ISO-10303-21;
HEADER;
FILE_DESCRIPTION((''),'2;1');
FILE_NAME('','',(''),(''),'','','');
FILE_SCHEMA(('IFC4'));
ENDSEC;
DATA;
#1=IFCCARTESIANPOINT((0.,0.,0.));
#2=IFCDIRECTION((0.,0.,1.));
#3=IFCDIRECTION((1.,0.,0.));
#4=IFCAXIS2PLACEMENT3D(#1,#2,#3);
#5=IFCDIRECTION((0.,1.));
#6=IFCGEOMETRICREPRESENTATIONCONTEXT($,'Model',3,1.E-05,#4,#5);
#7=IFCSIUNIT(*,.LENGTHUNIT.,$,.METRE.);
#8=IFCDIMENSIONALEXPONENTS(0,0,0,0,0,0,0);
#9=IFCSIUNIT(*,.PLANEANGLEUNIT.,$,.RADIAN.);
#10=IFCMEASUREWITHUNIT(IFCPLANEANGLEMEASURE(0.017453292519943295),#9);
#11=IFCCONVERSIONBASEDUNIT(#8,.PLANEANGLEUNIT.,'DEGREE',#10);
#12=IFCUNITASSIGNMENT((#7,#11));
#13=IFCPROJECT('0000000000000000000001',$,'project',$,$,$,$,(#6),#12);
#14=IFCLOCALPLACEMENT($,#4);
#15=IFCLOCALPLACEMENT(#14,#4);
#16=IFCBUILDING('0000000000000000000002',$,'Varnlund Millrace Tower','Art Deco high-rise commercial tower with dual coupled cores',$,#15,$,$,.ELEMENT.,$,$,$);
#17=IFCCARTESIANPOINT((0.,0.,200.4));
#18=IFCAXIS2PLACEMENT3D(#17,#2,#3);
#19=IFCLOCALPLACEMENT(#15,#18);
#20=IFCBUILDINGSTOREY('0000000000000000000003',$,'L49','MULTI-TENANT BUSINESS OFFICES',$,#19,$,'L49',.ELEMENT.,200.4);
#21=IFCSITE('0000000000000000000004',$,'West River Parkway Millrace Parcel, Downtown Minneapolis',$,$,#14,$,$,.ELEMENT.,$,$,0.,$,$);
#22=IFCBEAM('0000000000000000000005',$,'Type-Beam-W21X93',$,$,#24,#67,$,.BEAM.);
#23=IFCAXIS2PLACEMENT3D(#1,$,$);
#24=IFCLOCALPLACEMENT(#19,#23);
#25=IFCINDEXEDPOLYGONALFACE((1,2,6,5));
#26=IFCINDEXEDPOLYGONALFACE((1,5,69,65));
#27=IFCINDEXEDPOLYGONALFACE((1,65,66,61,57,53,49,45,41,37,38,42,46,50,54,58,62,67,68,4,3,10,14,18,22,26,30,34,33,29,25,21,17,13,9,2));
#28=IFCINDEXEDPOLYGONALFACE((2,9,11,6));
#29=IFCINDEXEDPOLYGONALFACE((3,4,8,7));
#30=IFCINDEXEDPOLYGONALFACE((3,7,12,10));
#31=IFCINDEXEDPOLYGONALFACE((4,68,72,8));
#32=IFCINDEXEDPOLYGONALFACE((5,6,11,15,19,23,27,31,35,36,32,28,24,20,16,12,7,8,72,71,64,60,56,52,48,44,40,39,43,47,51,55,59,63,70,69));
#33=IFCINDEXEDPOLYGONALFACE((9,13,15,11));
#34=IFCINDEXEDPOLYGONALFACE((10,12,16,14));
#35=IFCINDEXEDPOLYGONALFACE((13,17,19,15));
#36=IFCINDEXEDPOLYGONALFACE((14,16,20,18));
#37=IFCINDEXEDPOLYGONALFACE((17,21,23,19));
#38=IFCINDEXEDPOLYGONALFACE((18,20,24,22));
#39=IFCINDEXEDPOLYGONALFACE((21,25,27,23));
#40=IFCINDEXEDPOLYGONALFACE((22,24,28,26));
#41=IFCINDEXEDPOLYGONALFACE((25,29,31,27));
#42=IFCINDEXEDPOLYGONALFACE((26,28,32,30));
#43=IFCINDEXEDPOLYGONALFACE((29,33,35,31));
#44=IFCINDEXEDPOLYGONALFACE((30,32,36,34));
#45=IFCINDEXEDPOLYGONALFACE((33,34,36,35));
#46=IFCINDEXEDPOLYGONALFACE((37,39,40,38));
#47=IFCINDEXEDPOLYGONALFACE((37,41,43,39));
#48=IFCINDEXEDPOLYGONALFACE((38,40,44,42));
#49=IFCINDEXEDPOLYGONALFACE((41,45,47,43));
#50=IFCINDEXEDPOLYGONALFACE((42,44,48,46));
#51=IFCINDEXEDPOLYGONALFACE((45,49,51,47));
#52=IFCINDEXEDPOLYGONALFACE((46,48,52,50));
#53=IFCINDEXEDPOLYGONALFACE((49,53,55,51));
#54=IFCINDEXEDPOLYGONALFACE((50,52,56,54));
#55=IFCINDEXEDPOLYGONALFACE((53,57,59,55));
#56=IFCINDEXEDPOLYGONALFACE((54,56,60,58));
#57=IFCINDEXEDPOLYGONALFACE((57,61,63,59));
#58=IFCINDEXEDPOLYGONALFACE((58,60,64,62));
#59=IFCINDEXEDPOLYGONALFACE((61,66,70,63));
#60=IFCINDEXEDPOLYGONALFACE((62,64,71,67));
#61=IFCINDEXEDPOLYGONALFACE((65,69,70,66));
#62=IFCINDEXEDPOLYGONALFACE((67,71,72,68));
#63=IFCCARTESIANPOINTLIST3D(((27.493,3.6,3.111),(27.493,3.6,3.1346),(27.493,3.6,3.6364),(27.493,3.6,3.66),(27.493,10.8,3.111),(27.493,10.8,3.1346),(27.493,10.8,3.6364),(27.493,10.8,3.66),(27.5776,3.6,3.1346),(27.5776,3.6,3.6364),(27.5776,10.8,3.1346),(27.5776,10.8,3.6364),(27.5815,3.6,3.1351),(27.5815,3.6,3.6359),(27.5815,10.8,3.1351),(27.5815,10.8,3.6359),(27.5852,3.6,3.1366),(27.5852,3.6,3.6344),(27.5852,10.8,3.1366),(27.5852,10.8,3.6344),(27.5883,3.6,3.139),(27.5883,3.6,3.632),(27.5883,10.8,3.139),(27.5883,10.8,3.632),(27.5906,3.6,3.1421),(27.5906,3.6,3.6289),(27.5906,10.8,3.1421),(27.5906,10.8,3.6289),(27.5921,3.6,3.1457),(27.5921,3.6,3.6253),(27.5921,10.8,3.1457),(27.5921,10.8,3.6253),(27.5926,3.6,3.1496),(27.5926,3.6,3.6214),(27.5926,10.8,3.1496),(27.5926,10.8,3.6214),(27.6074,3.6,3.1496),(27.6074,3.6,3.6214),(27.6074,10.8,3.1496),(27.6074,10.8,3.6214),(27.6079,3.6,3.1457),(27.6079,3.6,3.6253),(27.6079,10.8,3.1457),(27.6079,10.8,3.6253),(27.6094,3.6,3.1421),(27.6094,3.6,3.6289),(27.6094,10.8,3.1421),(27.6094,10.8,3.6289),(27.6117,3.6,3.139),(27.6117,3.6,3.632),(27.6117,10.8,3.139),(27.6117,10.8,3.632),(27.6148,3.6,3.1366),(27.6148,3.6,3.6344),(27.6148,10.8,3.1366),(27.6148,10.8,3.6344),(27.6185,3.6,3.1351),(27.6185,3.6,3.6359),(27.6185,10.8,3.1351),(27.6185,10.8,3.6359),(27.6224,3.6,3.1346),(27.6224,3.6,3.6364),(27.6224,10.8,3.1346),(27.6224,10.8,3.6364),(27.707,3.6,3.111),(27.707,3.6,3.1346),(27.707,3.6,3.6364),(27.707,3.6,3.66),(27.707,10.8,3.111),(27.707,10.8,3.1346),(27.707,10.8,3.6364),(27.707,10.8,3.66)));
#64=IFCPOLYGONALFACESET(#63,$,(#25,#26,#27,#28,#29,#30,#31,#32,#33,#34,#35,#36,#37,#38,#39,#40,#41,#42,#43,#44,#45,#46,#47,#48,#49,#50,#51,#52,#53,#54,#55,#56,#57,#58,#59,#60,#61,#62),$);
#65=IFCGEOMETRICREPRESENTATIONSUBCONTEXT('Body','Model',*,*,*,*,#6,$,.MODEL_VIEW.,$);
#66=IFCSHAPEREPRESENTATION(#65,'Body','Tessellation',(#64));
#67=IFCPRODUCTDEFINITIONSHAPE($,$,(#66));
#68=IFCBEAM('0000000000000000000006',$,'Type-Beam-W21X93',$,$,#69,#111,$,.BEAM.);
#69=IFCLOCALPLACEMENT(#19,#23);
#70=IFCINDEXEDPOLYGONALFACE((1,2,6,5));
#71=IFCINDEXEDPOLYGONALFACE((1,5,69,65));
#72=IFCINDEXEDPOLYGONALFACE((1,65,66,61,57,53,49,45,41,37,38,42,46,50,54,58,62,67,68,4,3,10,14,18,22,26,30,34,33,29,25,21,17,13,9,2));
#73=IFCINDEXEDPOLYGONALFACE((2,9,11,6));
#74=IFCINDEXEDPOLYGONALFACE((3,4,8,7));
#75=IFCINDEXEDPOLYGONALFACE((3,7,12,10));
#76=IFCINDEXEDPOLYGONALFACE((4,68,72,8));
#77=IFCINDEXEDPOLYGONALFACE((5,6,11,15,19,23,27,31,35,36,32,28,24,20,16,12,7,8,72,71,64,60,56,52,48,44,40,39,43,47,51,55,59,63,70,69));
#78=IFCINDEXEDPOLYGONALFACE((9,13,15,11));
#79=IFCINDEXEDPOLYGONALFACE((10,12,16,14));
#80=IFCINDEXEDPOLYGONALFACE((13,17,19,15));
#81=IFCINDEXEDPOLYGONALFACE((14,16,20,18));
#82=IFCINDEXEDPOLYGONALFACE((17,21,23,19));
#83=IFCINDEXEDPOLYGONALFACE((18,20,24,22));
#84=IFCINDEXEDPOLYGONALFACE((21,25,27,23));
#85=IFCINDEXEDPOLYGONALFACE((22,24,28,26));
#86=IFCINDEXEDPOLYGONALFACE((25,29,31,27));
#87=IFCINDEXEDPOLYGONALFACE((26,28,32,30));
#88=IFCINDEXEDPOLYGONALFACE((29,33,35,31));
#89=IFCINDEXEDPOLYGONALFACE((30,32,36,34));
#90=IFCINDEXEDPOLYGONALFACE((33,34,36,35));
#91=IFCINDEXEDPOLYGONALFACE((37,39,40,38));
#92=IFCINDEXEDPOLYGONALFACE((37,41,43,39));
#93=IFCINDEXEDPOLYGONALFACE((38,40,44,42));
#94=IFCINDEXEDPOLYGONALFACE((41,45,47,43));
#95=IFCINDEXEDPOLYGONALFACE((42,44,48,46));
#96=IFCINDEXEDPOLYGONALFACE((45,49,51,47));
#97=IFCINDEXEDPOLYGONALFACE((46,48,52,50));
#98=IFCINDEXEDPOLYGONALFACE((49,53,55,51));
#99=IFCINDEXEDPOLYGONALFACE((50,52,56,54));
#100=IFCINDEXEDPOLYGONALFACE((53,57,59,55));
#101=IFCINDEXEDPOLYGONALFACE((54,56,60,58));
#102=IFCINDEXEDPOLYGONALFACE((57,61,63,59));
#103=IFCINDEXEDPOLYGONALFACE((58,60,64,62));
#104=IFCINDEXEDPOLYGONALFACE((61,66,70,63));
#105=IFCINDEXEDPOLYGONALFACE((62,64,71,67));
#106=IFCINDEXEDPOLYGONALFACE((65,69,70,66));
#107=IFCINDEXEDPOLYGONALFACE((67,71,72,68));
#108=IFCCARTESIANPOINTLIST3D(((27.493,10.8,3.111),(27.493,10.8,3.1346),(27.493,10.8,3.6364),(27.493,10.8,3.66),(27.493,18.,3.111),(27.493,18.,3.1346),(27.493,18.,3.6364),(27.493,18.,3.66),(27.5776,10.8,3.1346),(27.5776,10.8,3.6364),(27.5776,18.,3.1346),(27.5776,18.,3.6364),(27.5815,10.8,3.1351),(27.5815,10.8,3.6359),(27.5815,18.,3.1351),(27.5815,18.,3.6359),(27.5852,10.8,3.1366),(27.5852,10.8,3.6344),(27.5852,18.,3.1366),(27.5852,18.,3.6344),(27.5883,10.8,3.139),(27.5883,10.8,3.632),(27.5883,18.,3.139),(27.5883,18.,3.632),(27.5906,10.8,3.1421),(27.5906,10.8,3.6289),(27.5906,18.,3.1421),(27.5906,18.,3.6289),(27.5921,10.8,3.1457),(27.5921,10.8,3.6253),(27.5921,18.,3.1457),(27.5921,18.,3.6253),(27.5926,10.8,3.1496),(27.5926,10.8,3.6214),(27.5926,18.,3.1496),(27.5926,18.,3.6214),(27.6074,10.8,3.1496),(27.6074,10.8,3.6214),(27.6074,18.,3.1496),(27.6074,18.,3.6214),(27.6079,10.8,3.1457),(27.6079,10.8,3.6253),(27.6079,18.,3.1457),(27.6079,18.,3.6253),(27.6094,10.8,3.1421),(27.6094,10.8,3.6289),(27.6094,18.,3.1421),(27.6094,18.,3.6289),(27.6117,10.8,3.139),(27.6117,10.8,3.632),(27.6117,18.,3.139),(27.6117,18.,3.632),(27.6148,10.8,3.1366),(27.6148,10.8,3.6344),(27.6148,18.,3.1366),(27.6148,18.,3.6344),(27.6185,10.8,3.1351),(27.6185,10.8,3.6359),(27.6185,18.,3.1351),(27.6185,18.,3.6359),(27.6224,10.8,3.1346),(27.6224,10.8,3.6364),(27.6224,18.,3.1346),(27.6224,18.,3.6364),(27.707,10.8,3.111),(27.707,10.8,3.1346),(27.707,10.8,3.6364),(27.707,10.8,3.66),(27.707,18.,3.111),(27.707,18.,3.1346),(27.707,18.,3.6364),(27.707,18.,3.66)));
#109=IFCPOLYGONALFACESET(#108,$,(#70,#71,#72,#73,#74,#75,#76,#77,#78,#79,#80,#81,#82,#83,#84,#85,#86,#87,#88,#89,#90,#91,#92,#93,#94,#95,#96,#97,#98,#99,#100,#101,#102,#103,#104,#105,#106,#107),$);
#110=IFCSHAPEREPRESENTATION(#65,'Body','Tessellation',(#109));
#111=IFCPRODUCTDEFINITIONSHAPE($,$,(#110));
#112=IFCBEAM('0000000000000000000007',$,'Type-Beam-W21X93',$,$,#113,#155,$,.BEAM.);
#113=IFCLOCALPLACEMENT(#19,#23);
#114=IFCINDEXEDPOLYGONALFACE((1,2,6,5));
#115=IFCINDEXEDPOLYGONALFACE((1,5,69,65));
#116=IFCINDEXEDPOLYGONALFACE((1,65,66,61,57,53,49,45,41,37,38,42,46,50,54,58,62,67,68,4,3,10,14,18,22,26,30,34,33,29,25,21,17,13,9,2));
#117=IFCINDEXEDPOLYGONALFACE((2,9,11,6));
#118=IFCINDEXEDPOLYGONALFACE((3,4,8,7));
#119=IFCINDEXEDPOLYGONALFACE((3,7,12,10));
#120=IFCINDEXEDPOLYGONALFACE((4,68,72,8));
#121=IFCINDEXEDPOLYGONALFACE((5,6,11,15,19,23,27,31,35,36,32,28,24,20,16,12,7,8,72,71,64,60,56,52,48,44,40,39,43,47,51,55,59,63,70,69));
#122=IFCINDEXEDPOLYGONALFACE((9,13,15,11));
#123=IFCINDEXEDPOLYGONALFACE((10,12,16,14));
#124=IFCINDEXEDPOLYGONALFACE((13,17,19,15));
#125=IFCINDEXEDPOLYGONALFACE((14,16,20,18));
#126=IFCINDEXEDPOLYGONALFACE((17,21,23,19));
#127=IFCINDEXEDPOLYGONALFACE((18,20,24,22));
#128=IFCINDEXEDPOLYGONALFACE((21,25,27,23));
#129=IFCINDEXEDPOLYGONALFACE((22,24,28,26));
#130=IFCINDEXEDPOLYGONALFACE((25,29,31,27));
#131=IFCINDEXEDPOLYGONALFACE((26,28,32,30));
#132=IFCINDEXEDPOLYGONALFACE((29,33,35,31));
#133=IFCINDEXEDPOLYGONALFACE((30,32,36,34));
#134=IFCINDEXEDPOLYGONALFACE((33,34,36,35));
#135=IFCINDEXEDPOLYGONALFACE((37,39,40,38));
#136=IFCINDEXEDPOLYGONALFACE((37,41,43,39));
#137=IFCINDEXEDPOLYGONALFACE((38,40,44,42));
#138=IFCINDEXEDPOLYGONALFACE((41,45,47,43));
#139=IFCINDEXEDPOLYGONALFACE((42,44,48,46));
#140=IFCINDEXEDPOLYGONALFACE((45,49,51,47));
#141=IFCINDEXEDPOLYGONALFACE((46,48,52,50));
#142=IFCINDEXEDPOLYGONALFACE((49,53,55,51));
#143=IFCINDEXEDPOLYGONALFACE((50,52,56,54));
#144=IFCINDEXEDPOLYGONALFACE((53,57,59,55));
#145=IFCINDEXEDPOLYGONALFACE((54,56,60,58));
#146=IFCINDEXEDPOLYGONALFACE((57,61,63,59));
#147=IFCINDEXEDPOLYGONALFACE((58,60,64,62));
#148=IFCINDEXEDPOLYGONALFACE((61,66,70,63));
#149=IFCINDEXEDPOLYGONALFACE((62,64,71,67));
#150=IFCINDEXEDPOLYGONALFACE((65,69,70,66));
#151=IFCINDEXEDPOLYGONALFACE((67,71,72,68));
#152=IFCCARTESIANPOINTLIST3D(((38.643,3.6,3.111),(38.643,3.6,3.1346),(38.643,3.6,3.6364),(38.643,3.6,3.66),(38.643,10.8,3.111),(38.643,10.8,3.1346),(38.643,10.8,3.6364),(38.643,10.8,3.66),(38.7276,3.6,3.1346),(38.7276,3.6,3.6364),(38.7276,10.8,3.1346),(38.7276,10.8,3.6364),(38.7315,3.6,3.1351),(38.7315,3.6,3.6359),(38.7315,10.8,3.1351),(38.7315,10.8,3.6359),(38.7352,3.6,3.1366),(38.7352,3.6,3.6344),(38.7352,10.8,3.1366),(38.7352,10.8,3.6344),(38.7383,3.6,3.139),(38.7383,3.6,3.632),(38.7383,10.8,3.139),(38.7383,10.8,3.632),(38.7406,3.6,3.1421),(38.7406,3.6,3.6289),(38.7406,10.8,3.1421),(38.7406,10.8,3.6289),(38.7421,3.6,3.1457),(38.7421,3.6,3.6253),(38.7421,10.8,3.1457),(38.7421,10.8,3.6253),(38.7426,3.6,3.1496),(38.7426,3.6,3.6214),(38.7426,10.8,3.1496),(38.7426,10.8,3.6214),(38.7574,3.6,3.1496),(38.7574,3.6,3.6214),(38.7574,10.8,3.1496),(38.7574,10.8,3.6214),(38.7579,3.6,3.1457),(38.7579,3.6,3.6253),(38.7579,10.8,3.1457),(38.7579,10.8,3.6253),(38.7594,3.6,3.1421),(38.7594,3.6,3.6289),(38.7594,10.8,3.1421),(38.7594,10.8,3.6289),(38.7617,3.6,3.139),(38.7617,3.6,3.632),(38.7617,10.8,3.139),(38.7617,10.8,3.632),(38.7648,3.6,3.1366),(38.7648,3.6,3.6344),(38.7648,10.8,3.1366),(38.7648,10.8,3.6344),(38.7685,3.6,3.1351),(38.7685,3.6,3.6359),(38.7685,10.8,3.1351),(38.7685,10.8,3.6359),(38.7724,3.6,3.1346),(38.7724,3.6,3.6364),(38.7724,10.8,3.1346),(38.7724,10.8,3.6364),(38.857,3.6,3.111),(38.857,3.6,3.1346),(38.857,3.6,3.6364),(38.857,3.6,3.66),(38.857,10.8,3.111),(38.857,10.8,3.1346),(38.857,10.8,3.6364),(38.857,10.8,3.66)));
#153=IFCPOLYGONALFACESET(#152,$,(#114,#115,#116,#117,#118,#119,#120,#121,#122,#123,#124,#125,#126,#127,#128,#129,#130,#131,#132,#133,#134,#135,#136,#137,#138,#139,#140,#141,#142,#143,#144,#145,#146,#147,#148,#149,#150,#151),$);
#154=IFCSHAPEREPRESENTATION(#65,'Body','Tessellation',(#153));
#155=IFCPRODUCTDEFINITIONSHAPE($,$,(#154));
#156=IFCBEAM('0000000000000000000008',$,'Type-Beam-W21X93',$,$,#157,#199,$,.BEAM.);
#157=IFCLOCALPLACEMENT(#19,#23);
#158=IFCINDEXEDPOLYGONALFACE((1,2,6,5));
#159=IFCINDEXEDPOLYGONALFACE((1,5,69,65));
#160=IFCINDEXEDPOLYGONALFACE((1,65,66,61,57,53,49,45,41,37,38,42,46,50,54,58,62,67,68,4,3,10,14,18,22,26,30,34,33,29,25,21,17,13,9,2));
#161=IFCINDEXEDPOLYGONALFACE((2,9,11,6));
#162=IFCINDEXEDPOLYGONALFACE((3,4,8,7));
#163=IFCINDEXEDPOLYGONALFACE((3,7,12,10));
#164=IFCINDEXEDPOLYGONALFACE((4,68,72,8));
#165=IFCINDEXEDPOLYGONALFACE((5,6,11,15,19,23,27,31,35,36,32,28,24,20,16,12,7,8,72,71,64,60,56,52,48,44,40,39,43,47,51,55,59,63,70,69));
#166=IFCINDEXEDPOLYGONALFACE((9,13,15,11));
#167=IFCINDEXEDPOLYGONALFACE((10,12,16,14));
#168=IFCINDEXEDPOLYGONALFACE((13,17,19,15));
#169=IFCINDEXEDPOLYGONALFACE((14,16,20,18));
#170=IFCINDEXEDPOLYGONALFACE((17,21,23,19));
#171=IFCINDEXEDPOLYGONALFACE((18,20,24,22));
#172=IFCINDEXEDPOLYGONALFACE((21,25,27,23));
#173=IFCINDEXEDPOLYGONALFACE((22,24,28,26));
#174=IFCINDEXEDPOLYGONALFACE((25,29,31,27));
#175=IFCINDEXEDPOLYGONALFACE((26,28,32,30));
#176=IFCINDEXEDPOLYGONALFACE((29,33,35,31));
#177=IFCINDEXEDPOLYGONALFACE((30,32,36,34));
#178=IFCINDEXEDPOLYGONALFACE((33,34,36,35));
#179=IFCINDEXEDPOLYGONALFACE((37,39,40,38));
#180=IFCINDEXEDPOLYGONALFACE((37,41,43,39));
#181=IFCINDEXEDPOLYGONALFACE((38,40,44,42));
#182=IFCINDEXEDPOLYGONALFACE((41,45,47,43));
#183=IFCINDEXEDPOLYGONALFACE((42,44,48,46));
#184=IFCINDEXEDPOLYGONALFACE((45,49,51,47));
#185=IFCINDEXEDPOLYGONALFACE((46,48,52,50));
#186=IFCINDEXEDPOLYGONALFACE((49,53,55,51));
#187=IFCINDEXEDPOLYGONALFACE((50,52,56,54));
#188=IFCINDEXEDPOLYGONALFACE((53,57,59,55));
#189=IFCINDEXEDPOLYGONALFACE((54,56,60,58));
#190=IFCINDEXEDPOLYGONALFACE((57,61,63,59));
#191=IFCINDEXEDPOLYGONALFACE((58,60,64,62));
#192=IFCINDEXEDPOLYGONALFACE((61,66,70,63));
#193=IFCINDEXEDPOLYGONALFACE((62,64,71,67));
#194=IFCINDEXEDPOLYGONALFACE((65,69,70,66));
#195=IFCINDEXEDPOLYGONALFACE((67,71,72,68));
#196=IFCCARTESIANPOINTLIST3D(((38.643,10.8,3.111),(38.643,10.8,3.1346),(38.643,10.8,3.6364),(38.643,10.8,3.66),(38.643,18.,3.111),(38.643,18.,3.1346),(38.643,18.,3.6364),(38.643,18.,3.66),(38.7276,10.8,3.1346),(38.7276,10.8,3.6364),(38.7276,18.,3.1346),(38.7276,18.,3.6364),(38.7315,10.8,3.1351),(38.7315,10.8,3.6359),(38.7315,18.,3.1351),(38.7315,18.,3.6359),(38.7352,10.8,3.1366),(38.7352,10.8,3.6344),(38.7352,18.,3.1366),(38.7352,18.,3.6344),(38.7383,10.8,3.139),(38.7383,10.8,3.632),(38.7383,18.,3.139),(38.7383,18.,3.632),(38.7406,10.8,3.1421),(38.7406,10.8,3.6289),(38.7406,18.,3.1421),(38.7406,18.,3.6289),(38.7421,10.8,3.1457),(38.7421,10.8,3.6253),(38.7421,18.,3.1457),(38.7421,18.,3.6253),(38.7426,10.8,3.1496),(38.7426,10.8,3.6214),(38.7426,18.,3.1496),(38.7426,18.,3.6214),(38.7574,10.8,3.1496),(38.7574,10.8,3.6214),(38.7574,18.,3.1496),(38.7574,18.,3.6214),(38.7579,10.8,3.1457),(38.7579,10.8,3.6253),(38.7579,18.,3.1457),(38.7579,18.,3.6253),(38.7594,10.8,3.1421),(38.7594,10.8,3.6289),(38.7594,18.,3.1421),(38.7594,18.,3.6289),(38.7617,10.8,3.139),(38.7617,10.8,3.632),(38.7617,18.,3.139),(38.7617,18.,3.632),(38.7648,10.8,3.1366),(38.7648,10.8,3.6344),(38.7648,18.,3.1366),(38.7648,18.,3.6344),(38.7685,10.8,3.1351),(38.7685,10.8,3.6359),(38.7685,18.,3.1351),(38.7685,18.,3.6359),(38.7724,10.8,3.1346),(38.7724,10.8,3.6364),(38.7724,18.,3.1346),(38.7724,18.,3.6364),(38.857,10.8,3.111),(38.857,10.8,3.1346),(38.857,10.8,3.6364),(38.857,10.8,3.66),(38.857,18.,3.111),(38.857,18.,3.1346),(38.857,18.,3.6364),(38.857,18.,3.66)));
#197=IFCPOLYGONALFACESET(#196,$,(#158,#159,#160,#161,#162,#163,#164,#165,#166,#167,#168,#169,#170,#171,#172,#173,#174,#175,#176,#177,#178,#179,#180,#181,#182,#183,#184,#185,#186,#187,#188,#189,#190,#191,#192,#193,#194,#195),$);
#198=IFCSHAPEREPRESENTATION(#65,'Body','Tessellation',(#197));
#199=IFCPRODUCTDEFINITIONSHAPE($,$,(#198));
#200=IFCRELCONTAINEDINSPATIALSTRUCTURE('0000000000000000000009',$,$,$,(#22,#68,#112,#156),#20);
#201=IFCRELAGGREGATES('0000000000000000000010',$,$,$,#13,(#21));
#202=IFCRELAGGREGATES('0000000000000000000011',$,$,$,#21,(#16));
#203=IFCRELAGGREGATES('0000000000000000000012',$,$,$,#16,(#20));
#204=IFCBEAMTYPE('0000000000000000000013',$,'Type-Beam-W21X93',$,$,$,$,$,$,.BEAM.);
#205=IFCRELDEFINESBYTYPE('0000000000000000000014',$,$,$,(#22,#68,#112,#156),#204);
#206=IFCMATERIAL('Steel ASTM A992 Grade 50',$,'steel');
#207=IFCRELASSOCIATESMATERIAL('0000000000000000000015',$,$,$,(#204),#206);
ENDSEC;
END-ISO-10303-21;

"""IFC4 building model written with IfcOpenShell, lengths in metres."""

from ifc_helpers import new_model, entity, si_unit, converted_unit, direction, frame, origin_with_axes, origin_2d_with_axis, place, context, subcontext, project, spatial, i_section, extrude, material, material_profile, profile_set, type_object, element, save


model = new_model("IFC4")

# Units and contexts
model_context = context("Model", 3, precision=1e-05, world=origin_with_axes(), true_north=direction((0.0, 1.0)))
body_context = subcontext(model_context, "Body", "Model", "MODEL_VIEW")
ifc_project = project(units=[si_unit("LENGTHUNIT", "METRE"), converted_unit("PLANEANGLEUNIT", "DEGREE", entity("IfcPlaneAngleMeasure", 0.017453292519943295), si_unit("PLANEANGLEUNIT", "RADIAN"), dimensions=[0, 0, 0, 0, 0, 0, 0])], contexts=[model_context])

# Site, building, storey
site_placement = place(None, origin_with_axes())
site = spatial("IfcSite", under=ifc_project, at=site_placement, Name="West River Parkway Millrace Parcel, Downtown Minneapolis", CompositionType="ELEMENT", RefElevation=0.0)
building_placement = place(site_placement, origin_with_axes())
building = spatial("IfcBuilding", under=site, at=building_placement, Name="Varnlund Millrace Tower", Description="Art Deco high-rise commercial tower with dual coupled cores", CompositionType="ELEMENT")
storey_placement = place(building_placement, frame((0.0, 0.0, 200.4), z_axis=(0.0, 0.0, 1.0), x_axis=(1.0, 0.0, 0.0)))
storey = spatial("IfcBuildingStorey", under=building, at=storey_placement, Name="L49", Description="MULTI-TENANT BUSINESS OFFICES", LongName="L49", CompositionType="ELEMENT", Elevation=200.4)

# Beams
ifc_material_1 = material(Name="Steel ASTM A992 Grade 50", Category="steel")
ifc_material_profile_1 = material_profile(ifc_material_1, i_section(OverallWidth=0.214, OverallDepth=0.549, WebThickness=0.0147, FlangeThickness=0.0236, FilletRadius=0.015, at=origin_2d_with_axis()), Name="Steel ASTM A992 Grade 50")
ifc_profile_set_1 = profile_set([ifc_material_profile_1], Name="Steel ASTM A992 Grade 50")
beam_type_1 = type_object("IfcBeamType", Name="Type-Beam-W21X93", PredefinedType="BEAM", material=ifc_profile_set_1)
for number, where, z_axis, x_axis, name in (
    (1, (27.6, 3.6, 3.3855), (0.0, 1.0, 0.0), (-1.0, 0.0, 0.0), "Type-Beam-W21X93"),
    (2, (27.6, 10.8, 3.3855), (0.0, 1.0, 0.0), (-1.0, 0.0, 0.0), "Type-Beam-W21X93"),
    (3, (38.75, 3.6, 3.3855), (0.0, 1.0, 0.0), (-1.0, 0.0, 0.0), "Type-Beam-W21X93"),
    (4, (38.75, 10.8, 3.3855), (0.0, 1.0, 0.0), (-1.0, 0.0, 0.0), "Type-Beam-W21X93"),
):
    element("IfcBeam", number, at=place(storey_placement, frame(where, z_axis=z_axis, x_axis=x_axis)), inside=storey, type_object=beam_type_1, Name=name, PredefinedType="BEAM", context=body_context, shape_type="SweptSolid", body=[
        extrude(i_section(OverallWidth=0.214, OverallDepth=0.549, WebThickness=0.0147, FlangeThickness=0.0236, FilletRadius=0.015, at=origin_2d_with_axis()), origin_with_axes(), (0.0, 0.0, 1.0), 7.2),
    ])

save(model, "model.ifc")
